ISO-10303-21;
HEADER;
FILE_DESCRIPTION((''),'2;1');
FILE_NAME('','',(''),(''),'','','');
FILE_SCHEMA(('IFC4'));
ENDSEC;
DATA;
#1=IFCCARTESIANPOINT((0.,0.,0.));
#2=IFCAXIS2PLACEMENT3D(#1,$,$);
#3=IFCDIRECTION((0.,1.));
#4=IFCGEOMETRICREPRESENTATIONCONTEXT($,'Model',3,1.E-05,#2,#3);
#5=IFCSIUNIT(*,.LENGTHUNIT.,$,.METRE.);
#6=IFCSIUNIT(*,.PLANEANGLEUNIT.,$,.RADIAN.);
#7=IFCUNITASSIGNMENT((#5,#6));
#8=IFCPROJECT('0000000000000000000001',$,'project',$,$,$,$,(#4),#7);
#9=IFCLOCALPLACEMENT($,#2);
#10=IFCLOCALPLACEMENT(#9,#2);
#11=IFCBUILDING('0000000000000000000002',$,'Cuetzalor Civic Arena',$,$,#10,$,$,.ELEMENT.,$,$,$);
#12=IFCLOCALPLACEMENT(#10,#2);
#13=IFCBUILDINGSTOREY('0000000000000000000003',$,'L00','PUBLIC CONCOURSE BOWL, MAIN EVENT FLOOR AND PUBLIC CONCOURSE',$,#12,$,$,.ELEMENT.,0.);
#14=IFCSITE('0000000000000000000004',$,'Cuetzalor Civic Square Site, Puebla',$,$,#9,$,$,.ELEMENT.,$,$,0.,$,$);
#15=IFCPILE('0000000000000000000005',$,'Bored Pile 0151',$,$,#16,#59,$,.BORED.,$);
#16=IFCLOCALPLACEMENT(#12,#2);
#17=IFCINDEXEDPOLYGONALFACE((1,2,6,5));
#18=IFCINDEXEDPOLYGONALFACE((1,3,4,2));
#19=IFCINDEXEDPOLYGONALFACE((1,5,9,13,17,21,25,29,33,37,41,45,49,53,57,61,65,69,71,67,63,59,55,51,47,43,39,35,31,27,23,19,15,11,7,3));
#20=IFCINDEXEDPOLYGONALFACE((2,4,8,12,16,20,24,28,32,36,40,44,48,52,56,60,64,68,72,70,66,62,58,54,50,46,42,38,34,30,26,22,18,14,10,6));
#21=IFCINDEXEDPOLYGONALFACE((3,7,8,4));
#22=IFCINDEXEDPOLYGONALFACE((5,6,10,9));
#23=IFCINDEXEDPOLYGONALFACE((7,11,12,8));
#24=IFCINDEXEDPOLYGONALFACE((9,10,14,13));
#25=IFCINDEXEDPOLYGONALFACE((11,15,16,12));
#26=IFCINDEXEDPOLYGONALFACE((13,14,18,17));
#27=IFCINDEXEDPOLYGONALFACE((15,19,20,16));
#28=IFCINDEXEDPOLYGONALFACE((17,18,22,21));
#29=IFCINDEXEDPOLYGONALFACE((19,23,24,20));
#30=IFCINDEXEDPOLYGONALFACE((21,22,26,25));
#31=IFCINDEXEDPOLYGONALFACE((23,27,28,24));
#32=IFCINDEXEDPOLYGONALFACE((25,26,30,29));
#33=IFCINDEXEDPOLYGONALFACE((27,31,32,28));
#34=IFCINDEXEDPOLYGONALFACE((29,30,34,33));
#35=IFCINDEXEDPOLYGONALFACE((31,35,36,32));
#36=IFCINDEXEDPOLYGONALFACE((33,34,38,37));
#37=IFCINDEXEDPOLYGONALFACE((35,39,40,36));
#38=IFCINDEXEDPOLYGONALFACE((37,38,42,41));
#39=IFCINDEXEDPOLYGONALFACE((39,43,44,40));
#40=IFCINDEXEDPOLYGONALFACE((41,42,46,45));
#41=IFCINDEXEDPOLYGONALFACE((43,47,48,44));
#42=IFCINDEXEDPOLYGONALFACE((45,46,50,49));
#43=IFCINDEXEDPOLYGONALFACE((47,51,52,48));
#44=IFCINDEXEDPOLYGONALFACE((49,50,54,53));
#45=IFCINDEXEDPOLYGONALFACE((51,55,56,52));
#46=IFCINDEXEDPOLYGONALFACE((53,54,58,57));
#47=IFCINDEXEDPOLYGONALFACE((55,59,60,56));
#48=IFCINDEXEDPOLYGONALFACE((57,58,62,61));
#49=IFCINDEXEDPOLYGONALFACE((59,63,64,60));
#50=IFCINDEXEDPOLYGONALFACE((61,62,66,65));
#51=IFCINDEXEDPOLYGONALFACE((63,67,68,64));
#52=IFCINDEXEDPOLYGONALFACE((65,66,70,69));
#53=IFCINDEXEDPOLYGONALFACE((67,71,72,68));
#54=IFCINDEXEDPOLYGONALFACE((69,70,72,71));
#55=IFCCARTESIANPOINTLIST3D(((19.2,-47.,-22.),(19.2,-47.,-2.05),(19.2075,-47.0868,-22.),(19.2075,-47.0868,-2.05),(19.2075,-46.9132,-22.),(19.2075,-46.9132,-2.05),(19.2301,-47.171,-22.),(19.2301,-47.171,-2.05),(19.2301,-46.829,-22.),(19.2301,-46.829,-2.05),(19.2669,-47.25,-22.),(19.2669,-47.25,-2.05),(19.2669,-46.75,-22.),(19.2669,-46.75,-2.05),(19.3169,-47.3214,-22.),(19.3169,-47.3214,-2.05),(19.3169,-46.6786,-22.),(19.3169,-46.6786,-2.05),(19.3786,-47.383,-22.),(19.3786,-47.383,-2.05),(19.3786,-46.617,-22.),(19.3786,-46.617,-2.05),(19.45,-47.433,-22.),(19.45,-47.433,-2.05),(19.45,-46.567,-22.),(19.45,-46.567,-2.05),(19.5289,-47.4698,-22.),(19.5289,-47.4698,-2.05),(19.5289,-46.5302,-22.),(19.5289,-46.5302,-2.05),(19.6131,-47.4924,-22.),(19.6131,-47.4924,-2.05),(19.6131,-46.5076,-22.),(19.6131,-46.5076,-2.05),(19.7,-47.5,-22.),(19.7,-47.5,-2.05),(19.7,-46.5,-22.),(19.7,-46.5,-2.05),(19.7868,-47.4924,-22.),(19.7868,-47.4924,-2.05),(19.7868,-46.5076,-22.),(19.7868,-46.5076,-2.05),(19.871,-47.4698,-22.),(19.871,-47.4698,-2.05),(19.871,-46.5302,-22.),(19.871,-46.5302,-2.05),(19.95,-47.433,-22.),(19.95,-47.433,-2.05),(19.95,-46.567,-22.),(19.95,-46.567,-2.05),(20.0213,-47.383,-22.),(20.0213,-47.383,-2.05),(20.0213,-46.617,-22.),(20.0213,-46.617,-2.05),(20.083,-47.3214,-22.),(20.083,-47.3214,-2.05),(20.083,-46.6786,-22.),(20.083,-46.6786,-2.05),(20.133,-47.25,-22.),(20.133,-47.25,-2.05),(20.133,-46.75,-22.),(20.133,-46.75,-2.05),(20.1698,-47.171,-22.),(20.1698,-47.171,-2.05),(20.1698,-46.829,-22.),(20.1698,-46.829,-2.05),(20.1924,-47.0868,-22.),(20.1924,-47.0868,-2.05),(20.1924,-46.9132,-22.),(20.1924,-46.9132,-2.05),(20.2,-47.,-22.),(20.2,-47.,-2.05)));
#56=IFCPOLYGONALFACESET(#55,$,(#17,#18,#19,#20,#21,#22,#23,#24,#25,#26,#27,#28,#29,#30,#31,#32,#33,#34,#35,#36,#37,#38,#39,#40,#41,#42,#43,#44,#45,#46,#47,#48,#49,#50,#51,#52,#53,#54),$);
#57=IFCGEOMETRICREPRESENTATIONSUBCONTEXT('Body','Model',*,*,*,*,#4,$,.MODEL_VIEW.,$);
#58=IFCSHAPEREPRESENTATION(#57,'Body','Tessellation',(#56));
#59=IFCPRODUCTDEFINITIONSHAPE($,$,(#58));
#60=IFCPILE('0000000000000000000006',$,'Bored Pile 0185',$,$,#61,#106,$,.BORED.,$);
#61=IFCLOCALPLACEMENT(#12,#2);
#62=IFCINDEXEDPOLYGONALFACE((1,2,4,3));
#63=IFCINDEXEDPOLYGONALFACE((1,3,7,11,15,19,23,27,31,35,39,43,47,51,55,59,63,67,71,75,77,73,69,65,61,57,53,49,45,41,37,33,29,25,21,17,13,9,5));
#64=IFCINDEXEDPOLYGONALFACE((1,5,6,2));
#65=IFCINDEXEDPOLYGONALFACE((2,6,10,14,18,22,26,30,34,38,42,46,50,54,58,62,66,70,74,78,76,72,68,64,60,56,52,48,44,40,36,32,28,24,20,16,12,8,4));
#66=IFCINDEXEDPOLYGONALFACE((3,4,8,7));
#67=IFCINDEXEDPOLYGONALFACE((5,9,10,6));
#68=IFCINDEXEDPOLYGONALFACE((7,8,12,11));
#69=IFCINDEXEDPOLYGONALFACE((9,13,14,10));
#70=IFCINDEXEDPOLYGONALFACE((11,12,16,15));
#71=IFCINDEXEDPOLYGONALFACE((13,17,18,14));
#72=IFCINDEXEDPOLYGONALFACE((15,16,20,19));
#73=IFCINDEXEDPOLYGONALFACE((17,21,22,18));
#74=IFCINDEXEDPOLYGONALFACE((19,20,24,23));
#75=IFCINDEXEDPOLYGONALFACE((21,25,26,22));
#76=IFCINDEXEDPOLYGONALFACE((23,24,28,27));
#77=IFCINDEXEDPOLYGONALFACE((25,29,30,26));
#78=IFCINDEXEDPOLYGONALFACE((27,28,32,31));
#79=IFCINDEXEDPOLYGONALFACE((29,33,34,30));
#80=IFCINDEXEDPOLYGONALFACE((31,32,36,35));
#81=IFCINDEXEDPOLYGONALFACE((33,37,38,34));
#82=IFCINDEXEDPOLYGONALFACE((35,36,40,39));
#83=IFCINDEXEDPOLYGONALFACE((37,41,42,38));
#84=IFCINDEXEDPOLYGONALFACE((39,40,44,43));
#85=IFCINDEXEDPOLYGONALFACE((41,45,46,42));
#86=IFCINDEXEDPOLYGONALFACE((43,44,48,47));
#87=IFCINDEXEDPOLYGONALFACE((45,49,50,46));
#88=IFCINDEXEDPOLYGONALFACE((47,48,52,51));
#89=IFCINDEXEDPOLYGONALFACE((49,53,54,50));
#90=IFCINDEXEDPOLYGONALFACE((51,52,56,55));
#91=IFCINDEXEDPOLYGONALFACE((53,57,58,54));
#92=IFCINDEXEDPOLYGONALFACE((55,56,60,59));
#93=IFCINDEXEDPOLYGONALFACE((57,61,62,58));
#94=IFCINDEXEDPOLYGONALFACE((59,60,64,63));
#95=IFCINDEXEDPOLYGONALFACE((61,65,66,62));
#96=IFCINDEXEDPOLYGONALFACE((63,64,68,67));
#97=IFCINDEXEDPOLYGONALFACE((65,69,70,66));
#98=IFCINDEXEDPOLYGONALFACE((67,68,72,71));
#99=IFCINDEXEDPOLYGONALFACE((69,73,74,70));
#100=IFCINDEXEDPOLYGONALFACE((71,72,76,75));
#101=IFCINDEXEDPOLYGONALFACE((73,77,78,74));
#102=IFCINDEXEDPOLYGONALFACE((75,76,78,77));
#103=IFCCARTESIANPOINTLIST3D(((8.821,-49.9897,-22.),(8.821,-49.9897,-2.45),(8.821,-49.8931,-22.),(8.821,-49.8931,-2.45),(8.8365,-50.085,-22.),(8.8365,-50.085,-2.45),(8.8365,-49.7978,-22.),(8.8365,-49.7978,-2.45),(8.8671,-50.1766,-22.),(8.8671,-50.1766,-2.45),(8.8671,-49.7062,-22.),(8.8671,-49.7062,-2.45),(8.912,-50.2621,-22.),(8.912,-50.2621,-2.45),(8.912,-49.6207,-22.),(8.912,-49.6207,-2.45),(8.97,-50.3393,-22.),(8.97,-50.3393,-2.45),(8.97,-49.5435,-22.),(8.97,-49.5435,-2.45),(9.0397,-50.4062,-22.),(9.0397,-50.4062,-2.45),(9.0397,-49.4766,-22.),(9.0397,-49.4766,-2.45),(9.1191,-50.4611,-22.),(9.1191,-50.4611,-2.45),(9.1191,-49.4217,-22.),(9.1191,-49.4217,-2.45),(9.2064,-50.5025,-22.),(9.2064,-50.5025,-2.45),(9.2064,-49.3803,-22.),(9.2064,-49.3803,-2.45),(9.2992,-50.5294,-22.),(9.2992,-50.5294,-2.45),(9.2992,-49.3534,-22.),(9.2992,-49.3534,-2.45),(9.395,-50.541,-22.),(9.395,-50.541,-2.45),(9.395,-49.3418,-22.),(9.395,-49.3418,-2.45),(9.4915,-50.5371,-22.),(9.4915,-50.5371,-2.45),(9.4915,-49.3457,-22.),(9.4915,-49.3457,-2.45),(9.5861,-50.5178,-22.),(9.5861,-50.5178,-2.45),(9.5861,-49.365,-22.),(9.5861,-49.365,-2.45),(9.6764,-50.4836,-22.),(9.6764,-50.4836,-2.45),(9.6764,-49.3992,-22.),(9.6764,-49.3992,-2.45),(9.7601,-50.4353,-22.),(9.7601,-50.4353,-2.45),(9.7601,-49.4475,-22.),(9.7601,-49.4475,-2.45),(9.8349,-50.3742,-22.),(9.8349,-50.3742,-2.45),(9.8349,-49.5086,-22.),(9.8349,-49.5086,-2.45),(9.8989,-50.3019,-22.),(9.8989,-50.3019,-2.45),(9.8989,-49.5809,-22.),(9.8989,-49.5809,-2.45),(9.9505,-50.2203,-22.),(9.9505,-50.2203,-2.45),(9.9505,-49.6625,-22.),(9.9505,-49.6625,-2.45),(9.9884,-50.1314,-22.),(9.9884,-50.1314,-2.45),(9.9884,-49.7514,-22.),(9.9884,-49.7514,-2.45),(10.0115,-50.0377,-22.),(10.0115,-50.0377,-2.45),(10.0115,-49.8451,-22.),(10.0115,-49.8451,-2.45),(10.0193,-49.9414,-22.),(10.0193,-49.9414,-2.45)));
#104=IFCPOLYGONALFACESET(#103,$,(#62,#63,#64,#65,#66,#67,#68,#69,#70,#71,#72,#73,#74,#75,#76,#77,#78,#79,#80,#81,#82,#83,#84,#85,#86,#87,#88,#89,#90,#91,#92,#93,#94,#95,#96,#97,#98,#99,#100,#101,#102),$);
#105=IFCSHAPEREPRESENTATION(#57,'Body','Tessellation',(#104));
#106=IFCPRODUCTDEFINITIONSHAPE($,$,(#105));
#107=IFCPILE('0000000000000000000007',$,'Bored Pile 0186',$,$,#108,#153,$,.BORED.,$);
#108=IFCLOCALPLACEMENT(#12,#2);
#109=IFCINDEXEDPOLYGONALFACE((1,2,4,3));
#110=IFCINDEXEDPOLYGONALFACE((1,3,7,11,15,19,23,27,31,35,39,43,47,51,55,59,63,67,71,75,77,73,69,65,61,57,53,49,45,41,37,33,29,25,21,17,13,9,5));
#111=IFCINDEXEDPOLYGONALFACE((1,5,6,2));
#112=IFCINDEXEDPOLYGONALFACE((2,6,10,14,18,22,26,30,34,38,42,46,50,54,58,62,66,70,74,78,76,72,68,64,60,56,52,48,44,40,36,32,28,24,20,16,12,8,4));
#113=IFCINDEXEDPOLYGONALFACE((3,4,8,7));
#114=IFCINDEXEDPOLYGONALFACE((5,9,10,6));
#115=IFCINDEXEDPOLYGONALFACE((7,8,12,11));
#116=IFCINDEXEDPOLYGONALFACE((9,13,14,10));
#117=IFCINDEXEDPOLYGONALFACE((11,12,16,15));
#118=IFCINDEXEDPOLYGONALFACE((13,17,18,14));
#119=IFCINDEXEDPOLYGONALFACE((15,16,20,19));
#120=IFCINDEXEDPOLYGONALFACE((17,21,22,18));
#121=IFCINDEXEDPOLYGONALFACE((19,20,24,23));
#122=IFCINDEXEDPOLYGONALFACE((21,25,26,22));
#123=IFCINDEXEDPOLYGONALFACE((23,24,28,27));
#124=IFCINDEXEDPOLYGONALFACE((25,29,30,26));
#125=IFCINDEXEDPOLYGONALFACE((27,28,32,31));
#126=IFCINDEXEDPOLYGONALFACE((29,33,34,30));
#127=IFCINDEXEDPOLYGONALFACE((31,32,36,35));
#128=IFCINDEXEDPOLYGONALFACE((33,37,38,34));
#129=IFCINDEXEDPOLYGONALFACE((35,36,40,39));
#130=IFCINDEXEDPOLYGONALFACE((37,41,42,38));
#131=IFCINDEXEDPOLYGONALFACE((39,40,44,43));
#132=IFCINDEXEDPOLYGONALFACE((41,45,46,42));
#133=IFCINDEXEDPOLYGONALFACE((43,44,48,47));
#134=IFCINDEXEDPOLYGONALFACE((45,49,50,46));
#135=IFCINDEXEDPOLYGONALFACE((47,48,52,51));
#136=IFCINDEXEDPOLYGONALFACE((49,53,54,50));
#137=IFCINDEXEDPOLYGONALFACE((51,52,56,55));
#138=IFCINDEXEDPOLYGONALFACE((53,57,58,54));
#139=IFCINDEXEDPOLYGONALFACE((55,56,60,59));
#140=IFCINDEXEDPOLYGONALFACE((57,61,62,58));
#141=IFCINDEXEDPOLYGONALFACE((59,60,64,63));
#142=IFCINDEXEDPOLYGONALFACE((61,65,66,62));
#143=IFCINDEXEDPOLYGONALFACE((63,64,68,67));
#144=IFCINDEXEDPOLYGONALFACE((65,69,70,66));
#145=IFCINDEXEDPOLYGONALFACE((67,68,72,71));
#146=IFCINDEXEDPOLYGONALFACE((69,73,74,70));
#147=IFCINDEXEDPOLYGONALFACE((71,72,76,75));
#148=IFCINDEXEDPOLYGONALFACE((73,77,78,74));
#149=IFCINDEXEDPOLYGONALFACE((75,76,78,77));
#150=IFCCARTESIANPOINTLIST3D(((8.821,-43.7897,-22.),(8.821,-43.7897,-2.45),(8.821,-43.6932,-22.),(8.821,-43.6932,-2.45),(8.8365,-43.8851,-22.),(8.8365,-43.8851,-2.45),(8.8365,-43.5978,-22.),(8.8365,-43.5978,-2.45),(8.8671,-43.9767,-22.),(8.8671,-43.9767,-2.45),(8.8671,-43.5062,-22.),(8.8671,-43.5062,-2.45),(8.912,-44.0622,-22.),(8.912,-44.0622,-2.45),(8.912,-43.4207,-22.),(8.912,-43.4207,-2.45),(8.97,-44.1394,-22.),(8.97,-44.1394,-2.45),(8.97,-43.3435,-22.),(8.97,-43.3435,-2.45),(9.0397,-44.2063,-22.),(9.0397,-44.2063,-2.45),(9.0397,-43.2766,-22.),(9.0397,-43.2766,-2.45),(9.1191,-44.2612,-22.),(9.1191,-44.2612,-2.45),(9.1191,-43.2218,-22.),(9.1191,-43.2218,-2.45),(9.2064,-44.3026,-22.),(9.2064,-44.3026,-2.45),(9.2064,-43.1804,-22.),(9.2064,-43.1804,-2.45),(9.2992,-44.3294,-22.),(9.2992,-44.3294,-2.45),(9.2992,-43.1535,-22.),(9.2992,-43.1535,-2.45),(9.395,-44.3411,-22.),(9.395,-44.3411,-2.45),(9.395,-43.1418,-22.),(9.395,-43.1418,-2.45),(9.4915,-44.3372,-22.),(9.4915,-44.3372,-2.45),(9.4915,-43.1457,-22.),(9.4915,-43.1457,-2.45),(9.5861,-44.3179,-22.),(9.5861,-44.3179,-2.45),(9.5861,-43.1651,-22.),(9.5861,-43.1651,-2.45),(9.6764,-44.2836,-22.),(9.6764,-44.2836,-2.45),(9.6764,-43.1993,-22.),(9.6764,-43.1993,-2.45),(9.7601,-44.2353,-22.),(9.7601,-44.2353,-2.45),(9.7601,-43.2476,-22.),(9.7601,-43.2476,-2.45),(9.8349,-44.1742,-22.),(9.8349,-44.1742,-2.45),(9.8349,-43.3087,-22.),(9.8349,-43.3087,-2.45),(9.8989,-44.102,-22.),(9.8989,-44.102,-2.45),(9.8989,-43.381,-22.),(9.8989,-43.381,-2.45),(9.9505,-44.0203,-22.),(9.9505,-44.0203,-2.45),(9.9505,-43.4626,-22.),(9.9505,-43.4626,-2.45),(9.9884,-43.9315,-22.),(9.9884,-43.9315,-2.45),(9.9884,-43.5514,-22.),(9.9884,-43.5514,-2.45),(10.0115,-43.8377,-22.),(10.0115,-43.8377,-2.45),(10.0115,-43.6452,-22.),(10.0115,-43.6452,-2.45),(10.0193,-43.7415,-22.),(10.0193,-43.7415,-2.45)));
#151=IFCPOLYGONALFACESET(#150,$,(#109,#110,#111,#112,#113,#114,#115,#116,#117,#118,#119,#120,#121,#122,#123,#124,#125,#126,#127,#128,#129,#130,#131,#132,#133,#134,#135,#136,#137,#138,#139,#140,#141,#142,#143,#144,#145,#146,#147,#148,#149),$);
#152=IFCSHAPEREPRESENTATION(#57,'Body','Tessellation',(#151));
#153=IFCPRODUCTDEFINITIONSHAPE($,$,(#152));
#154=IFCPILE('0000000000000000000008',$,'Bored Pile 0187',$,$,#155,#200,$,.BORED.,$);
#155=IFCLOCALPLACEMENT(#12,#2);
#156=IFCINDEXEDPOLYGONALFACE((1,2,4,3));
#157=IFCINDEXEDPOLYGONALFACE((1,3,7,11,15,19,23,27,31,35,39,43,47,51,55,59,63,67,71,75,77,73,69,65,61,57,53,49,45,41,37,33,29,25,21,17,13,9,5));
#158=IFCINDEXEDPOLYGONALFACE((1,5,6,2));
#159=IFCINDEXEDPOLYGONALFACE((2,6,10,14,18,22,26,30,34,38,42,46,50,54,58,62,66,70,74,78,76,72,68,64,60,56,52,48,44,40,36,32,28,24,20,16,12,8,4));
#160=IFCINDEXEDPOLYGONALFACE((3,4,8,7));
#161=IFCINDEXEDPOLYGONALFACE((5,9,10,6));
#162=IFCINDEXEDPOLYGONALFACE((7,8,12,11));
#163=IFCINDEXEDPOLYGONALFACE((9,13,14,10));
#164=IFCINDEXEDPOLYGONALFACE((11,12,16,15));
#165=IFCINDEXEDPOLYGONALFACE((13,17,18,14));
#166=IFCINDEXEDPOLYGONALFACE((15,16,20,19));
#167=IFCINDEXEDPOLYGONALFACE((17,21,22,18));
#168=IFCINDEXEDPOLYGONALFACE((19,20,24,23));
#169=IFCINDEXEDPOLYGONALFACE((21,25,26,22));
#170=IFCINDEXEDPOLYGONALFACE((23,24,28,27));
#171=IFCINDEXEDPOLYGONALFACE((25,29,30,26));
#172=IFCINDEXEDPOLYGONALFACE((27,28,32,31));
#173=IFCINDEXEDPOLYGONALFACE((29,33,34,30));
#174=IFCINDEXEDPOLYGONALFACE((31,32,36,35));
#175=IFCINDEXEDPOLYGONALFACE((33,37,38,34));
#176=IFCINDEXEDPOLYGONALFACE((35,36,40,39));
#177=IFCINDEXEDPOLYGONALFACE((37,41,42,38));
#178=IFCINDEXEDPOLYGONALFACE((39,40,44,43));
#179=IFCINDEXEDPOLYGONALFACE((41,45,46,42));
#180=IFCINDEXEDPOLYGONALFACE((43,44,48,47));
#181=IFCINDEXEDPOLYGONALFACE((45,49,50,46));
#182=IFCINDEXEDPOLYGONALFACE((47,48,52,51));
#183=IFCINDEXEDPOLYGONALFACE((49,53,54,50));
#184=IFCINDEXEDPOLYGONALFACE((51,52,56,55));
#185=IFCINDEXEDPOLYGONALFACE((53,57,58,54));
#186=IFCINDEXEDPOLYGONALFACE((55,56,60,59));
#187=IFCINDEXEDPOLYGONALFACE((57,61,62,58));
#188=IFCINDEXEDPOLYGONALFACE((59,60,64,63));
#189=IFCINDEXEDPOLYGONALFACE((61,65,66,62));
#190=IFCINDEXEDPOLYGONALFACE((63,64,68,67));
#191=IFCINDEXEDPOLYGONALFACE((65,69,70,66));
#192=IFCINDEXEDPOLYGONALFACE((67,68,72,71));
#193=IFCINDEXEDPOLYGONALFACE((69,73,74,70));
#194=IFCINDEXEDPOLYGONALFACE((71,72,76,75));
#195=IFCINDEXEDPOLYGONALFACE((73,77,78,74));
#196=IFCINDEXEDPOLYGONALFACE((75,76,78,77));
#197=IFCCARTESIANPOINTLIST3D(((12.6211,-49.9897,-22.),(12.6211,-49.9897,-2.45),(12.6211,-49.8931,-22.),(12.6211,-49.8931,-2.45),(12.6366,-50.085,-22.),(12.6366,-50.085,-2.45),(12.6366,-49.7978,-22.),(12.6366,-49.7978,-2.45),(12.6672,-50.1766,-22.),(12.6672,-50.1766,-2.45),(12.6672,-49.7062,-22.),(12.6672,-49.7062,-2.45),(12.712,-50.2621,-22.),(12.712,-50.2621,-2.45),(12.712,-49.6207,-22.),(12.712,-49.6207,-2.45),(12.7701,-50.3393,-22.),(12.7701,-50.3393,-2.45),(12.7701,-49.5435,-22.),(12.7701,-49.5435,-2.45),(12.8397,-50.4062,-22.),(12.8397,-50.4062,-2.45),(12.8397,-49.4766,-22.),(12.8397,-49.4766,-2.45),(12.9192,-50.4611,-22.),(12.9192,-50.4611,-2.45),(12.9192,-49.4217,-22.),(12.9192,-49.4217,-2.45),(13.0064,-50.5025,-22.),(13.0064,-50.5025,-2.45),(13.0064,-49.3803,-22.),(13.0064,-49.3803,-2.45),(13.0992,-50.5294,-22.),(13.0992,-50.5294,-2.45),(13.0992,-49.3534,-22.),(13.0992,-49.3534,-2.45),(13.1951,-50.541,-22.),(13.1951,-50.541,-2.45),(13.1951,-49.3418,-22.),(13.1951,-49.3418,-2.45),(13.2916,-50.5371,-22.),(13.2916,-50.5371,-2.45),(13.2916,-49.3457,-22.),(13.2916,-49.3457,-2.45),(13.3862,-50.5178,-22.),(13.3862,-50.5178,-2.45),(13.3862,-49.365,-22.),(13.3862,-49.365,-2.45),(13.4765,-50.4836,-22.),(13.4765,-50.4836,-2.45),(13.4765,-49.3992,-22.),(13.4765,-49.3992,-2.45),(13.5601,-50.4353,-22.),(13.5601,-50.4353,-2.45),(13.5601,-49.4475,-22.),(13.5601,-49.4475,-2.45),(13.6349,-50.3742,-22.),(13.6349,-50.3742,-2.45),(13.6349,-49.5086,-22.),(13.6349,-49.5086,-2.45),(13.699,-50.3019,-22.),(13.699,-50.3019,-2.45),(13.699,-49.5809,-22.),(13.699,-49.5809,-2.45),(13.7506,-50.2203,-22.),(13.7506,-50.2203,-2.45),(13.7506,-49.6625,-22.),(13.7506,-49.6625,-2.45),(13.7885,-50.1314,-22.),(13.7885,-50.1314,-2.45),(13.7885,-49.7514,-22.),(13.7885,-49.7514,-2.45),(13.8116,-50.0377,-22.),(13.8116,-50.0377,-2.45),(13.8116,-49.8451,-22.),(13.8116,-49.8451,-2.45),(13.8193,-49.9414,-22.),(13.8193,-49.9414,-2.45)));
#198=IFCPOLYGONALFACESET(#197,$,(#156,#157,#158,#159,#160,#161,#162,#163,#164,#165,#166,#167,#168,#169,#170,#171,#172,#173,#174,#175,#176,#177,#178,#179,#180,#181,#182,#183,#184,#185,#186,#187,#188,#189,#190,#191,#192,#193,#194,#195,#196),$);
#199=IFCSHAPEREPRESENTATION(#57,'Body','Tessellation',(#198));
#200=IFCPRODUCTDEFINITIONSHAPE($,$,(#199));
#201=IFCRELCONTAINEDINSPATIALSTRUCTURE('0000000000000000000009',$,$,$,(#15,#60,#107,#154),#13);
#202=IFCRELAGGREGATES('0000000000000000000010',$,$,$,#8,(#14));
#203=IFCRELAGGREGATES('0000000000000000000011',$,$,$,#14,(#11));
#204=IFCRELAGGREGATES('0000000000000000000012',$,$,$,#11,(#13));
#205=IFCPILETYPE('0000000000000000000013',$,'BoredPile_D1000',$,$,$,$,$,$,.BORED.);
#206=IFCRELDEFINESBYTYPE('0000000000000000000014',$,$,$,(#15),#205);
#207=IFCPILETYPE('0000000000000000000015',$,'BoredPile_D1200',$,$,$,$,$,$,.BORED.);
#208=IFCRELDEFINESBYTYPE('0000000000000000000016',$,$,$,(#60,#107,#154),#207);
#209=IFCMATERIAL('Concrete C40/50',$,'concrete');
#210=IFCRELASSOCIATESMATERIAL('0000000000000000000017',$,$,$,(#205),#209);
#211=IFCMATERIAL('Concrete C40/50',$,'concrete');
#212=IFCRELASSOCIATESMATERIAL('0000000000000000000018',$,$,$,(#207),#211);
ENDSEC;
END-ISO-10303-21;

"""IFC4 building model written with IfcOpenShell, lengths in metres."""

from ifc_helpers import new_model, si_unit, direction, frame, origin, origin_2d, place, context, subcontext, project, spatial, circle, extrude, material, material_profile, profile_set, type_object, element, save


model = new_model("IFC4")

# Units and contexts
model_context = context("Model", 3, precision=1e-05, world=origin(), true_north=direction((0.0, 1.0)))
body_context = subcontext(model_context, "Body", "Model", "MODEL_VIEW")
ifc_project = project(units=[si_unit("LENGTHUNIT", "METRE"), si_unit("PLANEANGLEUNIT", "RADIAN")], contexts=[model_context])

# Site, building, storey
site_placement = place(None, origin())
site = spatial("IfcSite", under=ifc_project, at=site_placement, Name="Cuetzalor Civic Square Site, Puebla", CompositionType="ELEMENT", RefElevation=0.0)
building_placement = place(site_placement, origin())
building = spatial("IfcBuilding", under=site, at=building_placement, Name="Cuetzalor Civic Arena", CompositionType="ELEMENT")
storey_placement = place(building_placement, origin())
storey = spatial("IfcBuildingStorey", under=building, at=storey_placement, Name="L00", Description="PUBLIC CONCOURSE BOWL, MAIN EVENT FLOOR AND PUBLIC CONCOURSE", CompositionType="ELEMENT", Elevation=0.0)

# Piles
ifc_material_1 = material(Name="Concrete C40/50", Category="concrete")
ifc_material_profile_1 = material_profile(ifc_material_1, circle(Radius=0.5, at=origin_2d()), Name="BORED PILE D1000")
ifc_profile_set_1 = profile_set([ifc_material_profile_1], Name="Concrete C40/50")
pile_type_1 = type_object("IfcPileType", Name="BoredPile_D1000", PredefinedType="BORED", material=ifc_profile_set_1)
for number, where, z_axis, x_axis, name in (
    (1, (19.7, -47.0, -2.05), (0.0, 0.0, -1.0), (1.0, 0.0, 0.0), "Bored Pile 0151"),
):
    element("IfcPile", number, at=place(storey_placement, frame(where, z_axis=z_axis, x_axis=x_axis)), inside=storey, type_object=pile_type_1, Name=name, PredefinedType="BORED", context=body_context, shape_type="SweptSolid", body=[
        extrude(circle(Radius=0.5, at=origin_2d()), origin(), (0.0, 0.0, 1.0), 19.95),
    ])
ifc_material_2 = material(Name="Concrete C40/50", Category="concrete")
ifc_material_profile_2 = material_profile(ifc_material_2, circle(Radius=0.6001, at=origin_2d()), Name="BORED PILE D1200")
ifc_profile_set_2 = profile_set([ifc_material_profile_2], Name="Concrete C40/50")
pile_type_2 = type_object("IfcPileType", Name="BoredPile_D1200", PredefinedType="BORED", material=ifc_profile_set_2)
for number, where, z_axis, x_axis, name in (
    (2, (9.4192, -49.9414, -2.45), (0.0, 0.0, -1.0), (1.0, 0.0, 0.0), "Bored Pile 0185"),
    (3, (9.4192, -43.7415, -2.45), (0.0, 0.0, -1.0), (1.0, 0.0, 0.0), "Bored Pile 0186"),
    (4, (13.2192, -49.9414, -2.45), (0.0, 0.0, -1.0), (1.0, 0.0, 0.0), "Bored Pile 0187"),
):
    element("IfcPile", number, at=place(storey_placement, frame(where, z_axis=z_axis, x_axis=x_axis)), inside=storey, type_object=pile_type_2, Name=name, PredefinedType="BORED", context=body_context, shape_type="SweptSolid", body=[
        extrude(circle(Radius=0.6001, at=origin_2d()), origin(), (0.0, 0.0, 1.0), 19.55),
    ])

save(model, "model.ifc")
